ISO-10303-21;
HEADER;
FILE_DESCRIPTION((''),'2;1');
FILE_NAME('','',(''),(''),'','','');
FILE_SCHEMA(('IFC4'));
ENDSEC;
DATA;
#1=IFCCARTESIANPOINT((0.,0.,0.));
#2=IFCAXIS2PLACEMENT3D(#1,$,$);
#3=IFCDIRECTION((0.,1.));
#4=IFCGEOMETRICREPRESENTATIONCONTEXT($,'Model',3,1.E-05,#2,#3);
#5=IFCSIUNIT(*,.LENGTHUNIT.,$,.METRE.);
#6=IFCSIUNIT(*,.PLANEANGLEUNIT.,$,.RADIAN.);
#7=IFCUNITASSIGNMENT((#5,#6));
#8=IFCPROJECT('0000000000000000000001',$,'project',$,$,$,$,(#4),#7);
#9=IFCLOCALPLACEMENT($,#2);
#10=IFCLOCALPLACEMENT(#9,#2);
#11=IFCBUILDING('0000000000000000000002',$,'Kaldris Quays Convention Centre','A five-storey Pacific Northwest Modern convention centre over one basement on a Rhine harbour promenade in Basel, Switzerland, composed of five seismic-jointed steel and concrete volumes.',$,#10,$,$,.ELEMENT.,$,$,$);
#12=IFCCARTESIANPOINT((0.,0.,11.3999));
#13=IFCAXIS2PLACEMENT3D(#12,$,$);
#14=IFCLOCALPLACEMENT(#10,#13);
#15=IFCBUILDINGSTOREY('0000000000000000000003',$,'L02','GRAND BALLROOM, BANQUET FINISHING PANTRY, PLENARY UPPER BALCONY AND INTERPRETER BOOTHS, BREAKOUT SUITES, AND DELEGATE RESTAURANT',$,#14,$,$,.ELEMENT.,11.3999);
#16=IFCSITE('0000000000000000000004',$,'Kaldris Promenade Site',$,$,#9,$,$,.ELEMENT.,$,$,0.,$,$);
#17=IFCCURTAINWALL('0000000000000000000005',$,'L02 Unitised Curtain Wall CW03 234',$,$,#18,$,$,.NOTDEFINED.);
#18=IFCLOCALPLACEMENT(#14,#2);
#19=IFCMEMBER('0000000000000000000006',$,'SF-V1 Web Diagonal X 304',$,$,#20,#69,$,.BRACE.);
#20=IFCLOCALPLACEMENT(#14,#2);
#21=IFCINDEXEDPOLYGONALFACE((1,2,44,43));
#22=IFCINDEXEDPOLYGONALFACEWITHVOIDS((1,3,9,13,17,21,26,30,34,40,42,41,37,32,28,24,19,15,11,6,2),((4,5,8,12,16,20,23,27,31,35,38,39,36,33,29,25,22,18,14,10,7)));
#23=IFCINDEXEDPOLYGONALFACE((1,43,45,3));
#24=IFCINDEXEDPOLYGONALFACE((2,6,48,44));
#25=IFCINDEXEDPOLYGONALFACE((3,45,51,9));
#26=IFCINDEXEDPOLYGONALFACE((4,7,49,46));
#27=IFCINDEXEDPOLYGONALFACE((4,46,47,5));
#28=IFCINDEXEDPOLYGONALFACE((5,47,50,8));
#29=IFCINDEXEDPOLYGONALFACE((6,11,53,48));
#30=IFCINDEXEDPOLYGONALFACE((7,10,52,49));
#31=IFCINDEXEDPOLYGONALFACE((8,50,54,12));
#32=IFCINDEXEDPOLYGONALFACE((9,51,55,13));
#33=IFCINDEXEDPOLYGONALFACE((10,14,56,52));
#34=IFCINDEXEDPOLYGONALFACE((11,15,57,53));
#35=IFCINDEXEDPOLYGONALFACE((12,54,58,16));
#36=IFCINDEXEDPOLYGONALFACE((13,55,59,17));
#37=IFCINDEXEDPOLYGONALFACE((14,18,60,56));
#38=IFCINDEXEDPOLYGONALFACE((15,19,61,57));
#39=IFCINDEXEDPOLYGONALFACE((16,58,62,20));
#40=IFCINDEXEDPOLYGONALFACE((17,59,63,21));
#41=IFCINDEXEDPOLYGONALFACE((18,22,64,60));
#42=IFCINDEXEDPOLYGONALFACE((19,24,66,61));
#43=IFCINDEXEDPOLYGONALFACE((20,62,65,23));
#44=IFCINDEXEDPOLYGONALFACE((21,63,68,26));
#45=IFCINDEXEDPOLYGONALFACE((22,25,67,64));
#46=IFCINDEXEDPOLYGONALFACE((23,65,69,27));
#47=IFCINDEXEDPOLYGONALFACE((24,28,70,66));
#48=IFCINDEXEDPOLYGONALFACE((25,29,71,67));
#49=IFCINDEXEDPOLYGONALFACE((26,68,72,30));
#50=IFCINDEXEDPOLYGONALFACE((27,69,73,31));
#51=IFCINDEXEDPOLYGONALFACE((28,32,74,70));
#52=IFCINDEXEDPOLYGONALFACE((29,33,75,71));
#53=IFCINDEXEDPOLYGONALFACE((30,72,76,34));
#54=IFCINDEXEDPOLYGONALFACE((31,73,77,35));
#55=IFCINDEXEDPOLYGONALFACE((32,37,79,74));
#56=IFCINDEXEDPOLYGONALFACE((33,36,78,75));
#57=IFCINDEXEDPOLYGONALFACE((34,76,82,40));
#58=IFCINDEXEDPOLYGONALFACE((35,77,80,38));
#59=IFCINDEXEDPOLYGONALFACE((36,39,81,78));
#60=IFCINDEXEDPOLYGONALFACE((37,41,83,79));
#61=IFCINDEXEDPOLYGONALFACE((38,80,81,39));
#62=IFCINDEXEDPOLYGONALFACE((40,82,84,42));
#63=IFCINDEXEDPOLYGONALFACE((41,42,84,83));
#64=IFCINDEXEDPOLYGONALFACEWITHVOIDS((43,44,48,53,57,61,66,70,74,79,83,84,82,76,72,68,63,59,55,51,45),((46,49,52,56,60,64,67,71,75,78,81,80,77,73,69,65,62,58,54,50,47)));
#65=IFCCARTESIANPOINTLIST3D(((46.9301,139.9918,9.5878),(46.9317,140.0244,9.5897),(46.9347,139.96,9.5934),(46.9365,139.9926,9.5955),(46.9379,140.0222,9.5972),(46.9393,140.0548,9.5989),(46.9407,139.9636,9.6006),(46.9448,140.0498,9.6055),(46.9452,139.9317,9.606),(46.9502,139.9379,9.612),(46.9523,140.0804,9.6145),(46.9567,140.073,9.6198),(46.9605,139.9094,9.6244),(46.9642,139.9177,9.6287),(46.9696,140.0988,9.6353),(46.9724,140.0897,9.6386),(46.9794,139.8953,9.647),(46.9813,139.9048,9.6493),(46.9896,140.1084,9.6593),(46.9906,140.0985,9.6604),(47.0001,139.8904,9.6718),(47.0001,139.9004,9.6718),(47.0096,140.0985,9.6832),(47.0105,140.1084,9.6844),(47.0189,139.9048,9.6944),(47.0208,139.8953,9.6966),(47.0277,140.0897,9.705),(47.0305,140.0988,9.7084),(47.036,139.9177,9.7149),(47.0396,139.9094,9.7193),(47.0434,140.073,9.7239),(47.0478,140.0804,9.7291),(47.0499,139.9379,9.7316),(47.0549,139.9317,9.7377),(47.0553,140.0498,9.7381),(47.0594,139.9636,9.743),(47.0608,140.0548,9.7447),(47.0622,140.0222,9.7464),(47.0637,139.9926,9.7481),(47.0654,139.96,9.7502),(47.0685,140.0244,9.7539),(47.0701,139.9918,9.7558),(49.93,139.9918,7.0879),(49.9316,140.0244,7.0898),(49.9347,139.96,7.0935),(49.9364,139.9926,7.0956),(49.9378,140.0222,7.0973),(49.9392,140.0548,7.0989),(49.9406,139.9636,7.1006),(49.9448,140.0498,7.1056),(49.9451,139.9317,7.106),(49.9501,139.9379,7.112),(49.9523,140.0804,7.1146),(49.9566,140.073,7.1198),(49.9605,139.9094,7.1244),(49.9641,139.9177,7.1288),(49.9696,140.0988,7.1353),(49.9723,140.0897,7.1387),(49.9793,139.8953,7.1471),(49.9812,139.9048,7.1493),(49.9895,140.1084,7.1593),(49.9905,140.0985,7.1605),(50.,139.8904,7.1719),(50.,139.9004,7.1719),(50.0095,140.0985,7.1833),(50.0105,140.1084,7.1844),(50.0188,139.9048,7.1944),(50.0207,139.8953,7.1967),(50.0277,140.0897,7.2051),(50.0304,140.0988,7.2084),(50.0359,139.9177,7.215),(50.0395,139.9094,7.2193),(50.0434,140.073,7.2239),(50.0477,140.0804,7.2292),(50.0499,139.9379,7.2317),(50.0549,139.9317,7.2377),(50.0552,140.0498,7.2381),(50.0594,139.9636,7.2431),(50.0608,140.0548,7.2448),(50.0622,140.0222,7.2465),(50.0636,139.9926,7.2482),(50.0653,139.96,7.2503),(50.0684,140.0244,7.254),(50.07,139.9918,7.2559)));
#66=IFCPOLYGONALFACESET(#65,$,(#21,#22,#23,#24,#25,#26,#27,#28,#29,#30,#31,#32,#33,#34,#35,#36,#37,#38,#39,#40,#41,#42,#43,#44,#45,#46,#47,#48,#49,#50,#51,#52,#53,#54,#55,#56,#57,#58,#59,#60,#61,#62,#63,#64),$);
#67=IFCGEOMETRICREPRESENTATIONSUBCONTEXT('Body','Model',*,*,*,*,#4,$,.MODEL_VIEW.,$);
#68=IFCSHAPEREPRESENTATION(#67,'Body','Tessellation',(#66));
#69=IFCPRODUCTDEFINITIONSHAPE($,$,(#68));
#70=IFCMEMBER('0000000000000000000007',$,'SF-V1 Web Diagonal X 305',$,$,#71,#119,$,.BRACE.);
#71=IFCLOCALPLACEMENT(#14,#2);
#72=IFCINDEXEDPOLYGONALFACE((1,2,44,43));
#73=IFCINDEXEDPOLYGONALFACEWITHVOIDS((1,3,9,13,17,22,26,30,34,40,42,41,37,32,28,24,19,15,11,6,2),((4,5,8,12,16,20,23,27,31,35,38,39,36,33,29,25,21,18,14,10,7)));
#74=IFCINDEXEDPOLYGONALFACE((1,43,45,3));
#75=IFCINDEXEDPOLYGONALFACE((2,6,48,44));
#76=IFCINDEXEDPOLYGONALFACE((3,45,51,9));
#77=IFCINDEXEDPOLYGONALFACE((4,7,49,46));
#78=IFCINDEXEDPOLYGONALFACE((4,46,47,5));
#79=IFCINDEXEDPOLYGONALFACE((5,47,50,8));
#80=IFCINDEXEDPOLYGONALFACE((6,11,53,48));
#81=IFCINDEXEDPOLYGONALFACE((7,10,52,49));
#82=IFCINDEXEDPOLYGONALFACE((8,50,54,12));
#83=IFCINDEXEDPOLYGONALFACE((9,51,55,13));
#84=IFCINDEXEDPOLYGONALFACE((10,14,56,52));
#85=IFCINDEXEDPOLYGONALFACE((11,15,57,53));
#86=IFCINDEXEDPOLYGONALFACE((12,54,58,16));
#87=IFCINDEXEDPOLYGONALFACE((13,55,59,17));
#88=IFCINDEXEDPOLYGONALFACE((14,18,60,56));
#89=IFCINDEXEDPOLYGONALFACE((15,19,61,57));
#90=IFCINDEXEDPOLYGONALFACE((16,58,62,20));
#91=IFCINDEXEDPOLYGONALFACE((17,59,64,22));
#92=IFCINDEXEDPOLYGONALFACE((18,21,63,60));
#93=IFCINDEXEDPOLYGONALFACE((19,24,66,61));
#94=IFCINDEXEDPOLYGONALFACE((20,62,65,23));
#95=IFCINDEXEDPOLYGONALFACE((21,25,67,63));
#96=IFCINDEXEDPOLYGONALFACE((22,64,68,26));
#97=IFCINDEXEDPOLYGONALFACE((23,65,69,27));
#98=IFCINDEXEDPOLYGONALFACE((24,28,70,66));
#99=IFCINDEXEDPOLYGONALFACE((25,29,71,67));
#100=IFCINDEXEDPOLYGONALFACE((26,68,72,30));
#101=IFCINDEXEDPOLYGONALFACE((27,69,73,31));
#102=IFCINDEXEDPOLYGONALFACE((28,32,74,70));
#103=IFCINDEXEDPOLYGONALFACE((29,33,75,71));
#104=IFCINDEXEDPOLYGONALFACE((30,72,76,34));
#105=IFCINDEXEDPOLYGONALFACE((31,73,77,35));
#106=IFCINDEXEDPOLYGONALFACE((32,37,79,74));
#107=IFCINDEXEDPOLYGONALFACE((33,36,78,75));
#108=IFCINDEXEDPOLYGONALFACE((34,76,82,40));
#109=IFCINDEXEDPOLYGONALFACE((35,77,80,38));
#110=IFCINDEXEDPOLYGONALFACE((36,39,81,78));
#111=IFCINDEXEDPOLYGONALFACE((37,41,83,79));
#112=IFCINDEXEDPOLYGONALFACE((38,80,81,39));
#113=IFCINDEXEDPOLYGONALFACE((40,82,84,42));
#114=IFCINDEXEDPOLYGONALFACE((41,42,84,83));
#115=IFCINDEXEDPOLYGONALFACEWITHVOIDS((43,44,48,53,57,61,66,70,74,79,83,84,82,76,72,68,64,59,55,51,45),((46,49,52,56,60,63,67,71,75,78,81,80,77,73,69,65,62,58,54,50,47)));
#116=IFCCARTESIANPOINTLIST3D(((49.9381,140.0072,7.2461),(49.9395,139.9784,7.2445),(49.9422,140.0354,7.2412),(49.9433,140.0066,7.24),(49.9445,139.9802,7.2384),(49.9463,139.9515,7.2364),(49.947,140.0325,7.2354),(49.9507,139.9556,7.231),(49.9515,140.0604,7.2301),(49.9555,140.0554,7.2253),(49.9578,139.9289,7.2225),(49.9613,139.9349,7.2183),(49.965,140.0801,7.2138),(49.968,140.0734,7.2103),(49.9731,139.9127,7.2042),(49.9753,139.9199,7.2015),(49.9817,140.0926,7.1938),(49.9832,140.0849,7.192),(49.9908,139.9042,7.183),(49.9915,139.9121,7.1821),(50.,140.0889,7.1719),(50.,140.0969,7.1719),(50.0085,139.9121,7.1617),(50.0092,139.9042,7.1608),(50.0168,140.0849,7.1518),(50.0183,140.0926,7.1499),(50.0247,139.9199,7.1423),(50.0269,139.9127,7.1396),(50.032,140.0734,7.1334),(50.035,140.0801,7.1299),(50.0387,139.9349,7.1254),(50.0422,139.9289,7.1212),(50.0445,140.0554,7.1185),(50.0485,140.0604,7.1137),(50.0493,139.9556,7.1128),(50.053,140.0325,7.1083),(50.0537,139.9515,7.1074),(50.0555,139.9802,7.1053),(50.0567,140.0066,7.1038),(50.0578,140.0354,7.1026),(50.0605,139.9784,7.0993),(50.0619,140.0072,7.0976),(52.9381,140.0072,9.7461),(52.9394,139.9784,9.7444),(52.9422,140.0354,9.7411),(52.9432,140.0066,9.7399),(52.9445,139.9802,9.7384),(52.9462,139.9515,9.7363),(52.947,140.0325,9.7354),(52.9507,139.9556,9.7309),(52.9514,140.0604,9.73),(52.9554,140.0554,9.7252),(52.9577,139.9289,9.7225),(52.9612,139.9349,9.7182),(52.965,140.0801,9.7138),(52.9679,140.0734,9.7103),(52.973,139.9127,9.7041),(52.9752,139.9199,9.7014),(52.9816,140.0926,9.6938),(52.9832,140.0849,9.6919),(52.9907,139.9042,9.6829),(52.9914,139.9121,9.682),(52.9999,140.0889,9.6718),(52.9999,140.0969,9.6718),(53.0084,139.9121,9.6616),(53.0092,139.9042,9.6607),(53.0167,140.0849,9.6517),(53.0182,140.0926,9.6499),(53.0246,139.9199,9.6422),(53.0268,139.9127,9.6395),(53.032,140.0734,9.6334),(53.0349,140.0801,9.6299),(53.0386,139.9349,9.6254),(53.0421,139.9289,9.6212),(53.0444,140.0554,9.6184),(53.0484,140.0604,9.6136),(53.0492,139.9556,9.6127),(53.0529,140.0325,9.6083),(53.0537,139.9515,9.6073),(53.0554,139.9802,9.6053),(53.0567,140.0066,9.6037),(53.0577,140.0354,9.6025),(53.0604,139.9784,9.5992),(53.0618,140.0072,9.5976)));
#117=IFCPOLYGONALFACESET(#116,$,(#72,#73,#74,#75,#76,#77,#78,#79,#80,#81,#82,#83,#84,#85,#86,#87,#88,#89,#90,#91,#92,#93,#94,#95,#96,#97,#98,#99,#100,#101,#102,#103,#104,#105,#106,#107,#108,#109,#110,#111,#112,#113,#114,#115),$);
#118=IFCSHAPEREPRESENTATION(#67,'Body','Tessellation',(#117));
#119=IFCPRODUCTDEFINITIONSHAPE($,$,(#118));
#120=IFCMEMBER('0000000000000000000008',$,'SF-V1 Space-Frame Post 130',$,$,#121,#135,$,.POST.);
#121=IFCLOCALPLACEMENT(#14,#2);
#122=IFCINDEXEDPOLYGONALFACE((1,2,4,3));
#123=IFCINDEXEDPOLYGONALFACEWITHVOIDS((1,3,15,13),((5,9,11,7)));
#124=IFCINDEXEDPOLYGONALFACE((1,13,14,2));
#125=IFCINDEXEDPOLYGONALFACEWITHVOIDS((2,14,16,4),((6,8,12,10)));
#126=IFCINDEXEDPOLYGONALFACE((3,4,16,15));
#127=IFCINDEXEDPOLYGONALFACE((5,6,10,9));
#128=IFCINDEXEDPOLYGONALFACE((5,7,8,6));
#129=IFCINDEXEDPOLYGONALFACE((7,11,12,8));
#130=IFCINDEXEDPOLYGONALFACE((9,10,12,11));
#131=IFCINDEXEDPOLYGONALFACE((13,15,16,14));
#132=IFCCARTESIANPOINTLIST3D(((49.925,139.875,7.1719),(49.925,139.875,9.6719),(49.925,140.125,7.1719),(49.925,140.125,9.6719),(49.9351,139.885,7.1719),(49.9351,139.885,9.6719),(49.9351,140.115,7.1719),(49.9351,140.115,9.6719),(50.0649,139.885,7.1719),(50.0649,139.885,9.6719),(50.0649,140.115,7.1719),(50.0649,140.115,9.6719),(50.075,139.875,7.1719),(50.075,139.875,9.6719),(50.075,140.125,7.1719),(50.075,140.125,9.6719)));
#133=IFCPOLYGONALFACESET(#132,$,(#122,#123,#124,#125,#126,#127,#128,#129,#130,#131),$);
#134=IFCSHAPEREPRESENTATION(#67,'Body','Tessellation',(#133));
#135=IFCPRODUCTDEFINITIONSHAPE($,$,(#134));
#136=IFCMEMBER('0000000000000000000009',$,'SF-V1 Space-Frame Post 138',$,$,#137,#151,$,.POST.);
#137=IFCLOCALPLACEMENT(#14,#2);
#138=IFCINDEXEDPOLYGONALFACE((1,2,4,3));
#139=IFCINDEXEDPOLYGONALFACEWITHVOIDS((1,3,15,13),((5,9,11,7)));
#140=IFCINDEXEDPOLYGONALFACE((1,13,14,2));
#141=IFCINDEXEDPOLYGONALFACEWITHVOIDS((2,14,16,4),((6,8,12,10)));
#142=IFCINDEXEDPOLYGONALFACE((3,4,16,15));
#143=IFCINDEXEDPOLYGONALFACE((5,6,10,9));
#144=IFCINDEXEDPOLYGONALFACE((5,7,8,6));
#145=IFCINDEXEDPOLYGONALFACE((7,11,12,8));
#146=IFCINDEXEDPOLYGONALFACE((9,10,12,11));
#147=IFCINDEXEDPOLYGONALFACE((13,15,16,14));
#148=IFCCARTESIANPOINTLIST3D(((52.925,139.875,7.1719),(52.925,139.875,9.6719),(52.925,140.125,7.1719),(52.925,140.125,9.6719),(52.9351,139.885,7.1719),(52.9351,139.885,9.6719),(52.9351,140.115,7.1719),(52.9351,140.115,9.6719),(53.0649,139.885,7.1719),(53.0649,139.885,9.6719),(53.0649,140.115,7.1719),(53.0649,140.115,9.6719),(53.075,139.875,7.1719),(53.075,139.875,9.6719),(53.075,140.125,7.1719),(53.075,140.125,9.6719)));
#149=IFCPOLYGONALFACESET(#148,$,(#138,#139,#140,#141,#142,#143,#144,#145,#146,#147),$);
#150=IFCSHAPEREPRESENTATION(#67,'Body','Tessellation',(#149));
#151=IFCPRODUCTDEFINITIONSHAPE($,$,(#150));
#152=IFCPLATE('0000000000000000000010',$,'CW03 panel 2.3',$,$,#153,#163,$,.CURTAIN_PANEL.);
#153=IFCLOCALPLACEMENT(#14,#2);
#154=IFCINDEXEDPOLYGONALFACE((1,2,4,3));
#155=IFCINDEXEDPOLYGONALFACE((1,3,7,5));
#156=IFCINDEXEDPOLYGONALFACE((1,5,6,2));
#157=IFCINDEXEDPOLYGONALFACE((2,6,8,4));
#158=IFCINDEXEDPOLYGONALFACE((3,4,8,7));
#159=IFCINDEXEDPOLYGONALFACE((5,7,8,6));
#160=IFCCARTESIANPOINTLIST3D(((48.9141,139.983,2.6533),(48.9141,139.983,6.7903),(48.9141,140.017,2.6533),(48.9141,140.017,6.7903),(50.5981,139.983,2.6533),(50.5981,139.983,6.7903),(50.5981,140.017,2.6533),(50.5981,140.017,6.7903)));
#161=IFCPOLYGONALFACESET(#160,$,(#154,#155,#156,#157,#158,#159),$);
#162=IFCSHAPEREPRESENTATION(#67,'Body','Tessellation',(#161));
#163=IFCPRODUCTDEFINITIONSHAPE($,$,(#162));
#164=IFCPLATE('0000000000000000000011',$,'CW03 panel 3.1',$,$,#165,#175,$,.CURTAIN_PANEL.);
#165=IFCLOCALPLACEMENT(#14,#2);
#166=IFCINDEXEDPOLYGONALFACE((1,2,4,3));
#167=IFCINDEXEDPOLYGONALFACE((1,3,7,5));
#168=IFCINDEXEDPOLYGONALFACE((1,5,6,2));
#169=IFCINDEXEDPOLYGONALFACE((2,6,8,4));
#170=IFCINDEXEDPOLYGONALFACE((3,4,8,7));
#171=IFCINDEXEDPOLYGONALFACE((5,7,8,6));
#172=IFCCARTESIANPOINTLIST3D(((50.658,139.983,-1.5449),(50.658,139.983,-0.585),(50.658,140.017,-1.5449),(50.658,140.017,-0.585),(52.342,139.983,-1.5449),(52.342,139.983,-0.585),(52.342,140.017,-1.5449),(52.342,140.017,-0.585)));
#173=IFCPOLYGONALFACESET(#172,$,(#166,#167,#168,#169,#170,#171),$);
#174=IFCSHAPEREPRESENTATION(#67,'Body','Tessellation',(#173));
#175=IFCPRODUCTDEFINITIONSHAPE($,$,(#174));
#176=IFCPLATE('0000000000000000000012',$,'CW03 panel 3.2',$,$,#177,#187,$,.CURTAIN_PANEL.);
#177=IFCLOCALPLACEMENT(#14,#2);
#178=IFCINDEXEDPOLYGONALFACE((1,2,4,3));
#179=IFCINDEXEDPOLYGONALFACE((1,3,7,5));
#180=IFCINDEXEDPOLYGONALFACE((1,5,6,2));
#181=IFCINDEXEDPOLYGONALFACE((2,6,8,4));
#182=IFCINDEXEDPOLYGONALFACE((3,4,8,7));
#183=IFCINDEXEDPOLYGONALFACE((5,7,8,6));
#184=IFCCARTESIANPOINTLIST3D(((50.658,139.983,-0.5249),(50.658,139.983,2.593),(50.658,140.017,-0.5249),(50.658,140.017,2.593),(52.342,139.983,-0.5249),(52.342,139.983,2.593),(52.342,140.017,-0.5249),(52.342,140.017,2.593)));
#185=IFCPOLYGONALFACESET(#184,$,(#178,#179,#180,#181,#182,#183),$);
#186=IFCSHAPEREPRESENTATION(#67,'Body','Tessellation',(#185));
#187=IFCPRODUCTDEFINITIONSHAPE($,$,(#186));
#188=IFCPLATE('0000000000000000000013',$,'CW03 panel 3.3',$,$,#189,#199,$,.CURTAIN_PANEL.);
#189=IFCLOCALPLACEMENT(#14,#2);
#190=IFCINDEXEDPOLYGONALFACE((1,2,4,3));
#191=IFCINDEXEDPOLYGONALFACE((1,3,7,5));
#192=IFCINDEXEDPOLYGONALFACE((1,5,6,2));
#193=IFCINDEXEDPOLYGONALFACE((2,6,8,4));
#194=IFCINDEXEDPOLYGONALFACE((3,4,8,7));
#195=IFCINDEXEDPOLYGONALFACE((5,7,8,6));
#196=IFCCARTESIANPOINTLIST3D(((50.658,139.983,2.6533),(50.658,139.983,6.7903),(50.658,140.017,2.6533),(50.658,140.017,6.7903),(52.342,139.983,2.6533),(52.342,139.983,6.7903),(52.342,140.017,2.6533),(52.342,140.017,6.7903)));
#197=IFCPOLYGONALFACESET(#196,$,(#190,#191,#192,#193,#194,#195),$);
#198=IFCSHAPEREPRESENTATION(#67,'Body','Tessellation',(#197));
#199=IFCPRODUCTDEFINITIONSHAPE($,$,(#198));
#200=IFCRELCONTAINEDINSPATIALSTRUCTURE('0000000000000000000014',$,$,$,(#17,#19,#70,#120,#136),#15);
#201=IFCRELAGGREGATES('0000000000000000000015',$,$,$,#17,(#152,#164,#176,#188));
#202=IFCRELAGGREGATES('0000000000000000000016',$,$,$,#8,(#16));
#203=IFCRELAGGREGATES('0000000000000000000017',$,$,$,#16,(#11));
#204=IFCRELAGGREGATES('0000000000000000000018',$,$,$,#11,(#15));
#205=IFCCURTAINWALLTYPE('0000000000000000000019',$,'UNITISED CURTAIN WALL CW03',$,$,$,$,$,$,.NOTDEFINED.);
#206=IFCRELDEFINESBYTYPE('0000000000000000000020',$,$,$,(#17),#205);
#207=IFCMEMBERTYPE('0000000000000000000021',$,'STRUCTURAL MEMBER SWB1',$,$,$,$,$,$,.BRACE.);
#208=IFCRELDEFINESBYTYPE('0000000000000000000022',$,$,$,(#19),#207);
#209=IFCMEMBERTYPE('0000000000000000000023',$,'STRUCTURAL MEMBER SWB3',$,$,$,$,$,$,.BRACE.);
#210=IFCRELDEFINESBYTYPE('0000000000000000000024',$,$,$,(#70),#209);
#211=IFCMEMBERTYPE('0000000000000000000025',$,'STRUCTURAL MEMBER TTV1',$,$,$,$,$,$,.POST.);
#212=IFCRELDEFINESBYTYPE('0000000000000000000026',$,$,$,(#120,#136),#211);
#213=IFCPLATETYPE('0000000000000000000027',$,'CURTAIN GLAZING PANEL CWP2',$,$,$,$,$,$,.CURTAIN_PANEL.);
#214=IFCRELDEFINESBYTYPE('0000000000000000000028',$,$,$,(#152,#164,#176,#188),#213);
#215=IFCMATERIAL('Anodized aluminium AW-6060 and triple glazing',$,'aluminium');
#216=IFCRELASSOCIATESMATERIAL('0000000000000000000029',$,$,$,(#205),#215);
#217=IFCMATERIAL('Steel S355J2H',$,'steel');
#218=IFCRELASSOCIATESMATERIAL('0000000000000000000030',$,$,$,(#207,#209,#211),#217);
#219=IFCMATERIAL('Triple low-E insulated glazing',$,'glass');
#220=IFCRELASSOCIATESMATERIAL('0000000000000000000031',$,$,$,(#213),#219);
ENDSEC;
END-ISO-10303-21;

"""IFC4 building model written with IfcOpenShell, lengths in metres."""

from ifc_helpers import new_model, si_unit, direction, frame, origin, origin_2d, place, context, subcontext, project, spatial, rectangle, hollow_rectangle, hollow_circle, extrude, material, material_profile, profile_set, type_object, element, aggregate, save


model = new_model("IFC4")

# Units and contexts
model_context = context("Model", 3, precision=1e-05, world=origin(), true_north=direction((0.0, 1.0)))
body_context = subcontext(model_context, "Body", "Model", "MODEL_VIEW")
ifc_project = project(units=[si_unit("LENGTHUNIT", "METRE"), si_unit("PLANEANGLEUNIT", "RADIAN")], contexts=[model_context])

# Site, building, storey
site_placement = place(None, origin())
site = spatial("IfcSite", under=ifc_project, at=site_placement, Name="Kaldris Promenade Site", CompositionType="ELEMENT", RefElevation=0.0)
building_placement = place(site_placement, origin())
building = spatial("IfcBuilding", under=site, at=building_placement, Name="Kaldris Quays Convention Centre", Description="A five-storey Pacific Northwest Modern convention centre over one basement on a Rhine harbour promenade in Basel, Switzerland, composed of five seismic-jointed steel and concrete volumes.", CompositionType="ELEMENT")
storey_placement = place(building_placement, frame((0.0, 0.0, 11.3999)))
storey = spatial("IfcBuildingStorey", under=building, at=storey_placement, Name="L02", Description="GRAND BALLROOM, BANQUET FINISHING PANTRY, PLENARY UPPER BALCONY AND INTERPRETER BOOTHS, BREAKOUT SUITES, AND DELEGATE RESTAURANT", CompositionType="ELEMENT", Elevation=11.3999)

# Curtain wall
ifc_material_1 = material(Name="Anodized aluminium AW-6060 and triple glazing", Category="aluminium")
curtain_wall_type = type_object("IfcCurtainWallType", Name="UNITISED CURTAIN WALL CW03", PredefinedType="NOTDEFINED", material=ifc_material_1)
curtain_wall_placement = place(storey_placement, origin())
curtain_wall = element("IfcCurtainWall", 1, at=curtain_wall_placement, inside=storey, type_object=curtain_wall_type, Name="L02 Unitised Curtain Wall CW03 234", PredefinedType="NOTDEFINED")

# Members
ifc_material_2 = material(Name="Steel S355J2H", Category="steel")
ifc_material_profile_1 = material_profile(ifc_material_2, hollow_circle(Radius=0.1096, WallThickness=0.01, at=origin_2d()), Name="CHS 219.1x10")
ifc_profile_set_1 = profile_set([ifc_material_profile_1], Name="Steel S355J2H")
member_type_1 = type_object("IfcMemberType", Name="STRUCTURAL MEMBER SWB1", PredefinedType="BRACE", material=ifc_profile_set_1)
member_1_placement = place(storey_placement, frame((50.0, 140.0, 7.1719), z_axis=(-0.768221, 0.0, 0.640184), x_axis=(0.0, -1.0, 0.0)))
element("IfcMember", 2, at=member_1_placement, inside=storey, type_object=member_type_1, Name="SF-V1 Web Diagonal X 304", PredefinedType="BRACE", context=body_context, shape_type="SweptSolid", body=[
    extrude(hollow_circle(Radius=0.1096, WallThickness=0.01, at=origin_2d()), origin(), (0.0, 0.0, 1.0), 3.905),
])
ifc_material_profile_2 = material_profile(ifc_material_2, hollow_circle(Radius=0.0969, WallThickness=0.0081, at=origin_2d()), Name="CHS 193.7x8")
ifc_profile_set_2 = profile_set([ifc_material_profile_2], Name="Steel S355J2H")
member_type_2 = type_object("IfcMemberType", Name="STRUCTURAL MEMBER SWB3", PredefinedType="BRACE", material=ifc_profile_set_2)
member_2_placement = place(storey_placement, frame((50.0, 140.0, 7.1719), z_axis=(0.768221, 0.0, 0.640184), x_axis=(0.0, 1.0, 0.0)))
element("IfcMember", 3, at=member_2_placement, inside=storey, type_object=member_type_2, Name="SF-V1 Web Diagonal X 305", PredefinedType="BRACE", context=body_context, shape_type="SweptSolid", body=[
    extrude(hollow_circle(Radius=0.0969, WallThickness=0.0081, at=origin_2d()), origin(), (0.0, 0.0, 1.0), 3.905),
])
ifc_material_profile_3 = material_profile(ifc_material_2, hollow_rectangle(XDim=0.1499, YDim=0.25, WallThickness=0.01, at=origin_2d()), Name="RHS 250x150x10")
ifc_profile_set_3 = profile_set([ifc_material_profile_3], Name="Steel S355J2H")
member_type_3 = type_object("IfcMemberType", Name="STRUCTURAL MEMBER TTV1", PredefinedType="POST", material=ifc_profile_set_3)
for number, where, z_axis, x_axis, name in (
    (4, (50.0, 140.0, 7.1719), (0.0, 0.0, 1.0), (1.0, 0.0, 0.0), "SF-V1 Space-Frame Post 130"),
    (5, (53.0, 140.0, 7.1719), (0.0, 0.0, 1.0), (1.0, 0.0, 0.0), "SF-V1 Space-Frame Post 138"),
):
    element("IfcMember", number, at=place(storey_placement, frame(where, z_axis=z_axis, x_axis=x_axis)), inside=storey, type_object=member_type_3, Name=name, PredefinedType="POST", context=body_context, shape_type="SweptSolid", body=[
        extrude(hollow_rectangle(XDim=0.1499, YDim=0.25, WallThickness=0.01, at=origin_2d()), origin(), (0.0, 0.0, 1.0), 2.5),
    ])

# Plates
ifc_material_3 = material(Name="Triple low-E insulated glazing", Category="glass")
plate_type = type_object("IfcPlateType", Name="CURTAIN GLAZING PANEL CWP2", PredefinedType="CURTAIN_PANEL", material=ifc_material_3)
plate_1_placement = place(storey_placement, frame((49.7561, 140.0, 2.6533), z_axis=(0.0, 0.0, 1.0), x_axis=(1.0, 0.0, 0.0)))
plate_1 = element("IfcPlate", 6, at=plate_1_placement, type_object=plate_type, Name="CW03 panel 2.3", PredefinedType="CURTAIN_PANEL", context=body_context, shape_type="SweptSolid", body=[
    extrude(rectangle(XDim=1.6841, YDim=0.0339, at=origin_2d()), origin(), (0.0, 0.0, 1.0), 4.137),
])
plate_2_placement = place(storey_placement, frame((51.5, 140.0, -1.5449), z_axis=(0.0, 0.0, 1.0), x_axis=(1.0, 0.0, 0.0)))
plate_2 = element("IfcPlate", 7, at=plate_2_placement, type_object=plate_type, Name="CW03 panel 3.1", PredefinedType="CURTAIN_PANEL", context=body_context, shape_type="SweptSolid", body=[
    extrude(rectangle(XDim=1.6841, YDim=0.0339, at=origin_2d()), origin(), (0.0, 0.0, 1.0), 0.96),
])
plate_3_placement = place(storey_placement, frame((51.5, 140.0, -0.5249), z_axis=(0.0, 0.0, 1.0), x_axis=(1.0, 0.0, 0.0)))
plate_3 = element("IfcPlate", 8, at=plate_3_placement, type_object=plate_type, Name="CW03 panel 3.2", PredefinedType="CURTAIN_PANEL", context=body_context, shape_type="SweptSolid", body=[
    extrude(rectangle(XDim=1.6841, YDim=0.0339, at=origin_2d()), origin(), (0.0, 0.0, 1.0), 3.1179),
])
plate_4_placement = place(storey_placement, frame((51.5, 140.0, 2.6533), z_axis=(0.0, 0.0, 1.0), x_axis=(1.0, 0.0, 0.0)))
plate_4 = element("IfcPlate", 9, at=plate_4_placement, type_object=plate_type, Name="CW03 panel 3.3", PredefinedType="CURTAIN_PANEL", context=body_context, shape_type="SweptSolid", body=[
    extrude(rectangle(XDim=1.6841, YDim=0.0339, at=origin_2d()), origin(), (0.0, 0.0, 1.0), 4.137),
])
aggregate(curtain_wall, [plate_1, plate_2, plate_3, plate_4])

save(model, "model.ifc")
